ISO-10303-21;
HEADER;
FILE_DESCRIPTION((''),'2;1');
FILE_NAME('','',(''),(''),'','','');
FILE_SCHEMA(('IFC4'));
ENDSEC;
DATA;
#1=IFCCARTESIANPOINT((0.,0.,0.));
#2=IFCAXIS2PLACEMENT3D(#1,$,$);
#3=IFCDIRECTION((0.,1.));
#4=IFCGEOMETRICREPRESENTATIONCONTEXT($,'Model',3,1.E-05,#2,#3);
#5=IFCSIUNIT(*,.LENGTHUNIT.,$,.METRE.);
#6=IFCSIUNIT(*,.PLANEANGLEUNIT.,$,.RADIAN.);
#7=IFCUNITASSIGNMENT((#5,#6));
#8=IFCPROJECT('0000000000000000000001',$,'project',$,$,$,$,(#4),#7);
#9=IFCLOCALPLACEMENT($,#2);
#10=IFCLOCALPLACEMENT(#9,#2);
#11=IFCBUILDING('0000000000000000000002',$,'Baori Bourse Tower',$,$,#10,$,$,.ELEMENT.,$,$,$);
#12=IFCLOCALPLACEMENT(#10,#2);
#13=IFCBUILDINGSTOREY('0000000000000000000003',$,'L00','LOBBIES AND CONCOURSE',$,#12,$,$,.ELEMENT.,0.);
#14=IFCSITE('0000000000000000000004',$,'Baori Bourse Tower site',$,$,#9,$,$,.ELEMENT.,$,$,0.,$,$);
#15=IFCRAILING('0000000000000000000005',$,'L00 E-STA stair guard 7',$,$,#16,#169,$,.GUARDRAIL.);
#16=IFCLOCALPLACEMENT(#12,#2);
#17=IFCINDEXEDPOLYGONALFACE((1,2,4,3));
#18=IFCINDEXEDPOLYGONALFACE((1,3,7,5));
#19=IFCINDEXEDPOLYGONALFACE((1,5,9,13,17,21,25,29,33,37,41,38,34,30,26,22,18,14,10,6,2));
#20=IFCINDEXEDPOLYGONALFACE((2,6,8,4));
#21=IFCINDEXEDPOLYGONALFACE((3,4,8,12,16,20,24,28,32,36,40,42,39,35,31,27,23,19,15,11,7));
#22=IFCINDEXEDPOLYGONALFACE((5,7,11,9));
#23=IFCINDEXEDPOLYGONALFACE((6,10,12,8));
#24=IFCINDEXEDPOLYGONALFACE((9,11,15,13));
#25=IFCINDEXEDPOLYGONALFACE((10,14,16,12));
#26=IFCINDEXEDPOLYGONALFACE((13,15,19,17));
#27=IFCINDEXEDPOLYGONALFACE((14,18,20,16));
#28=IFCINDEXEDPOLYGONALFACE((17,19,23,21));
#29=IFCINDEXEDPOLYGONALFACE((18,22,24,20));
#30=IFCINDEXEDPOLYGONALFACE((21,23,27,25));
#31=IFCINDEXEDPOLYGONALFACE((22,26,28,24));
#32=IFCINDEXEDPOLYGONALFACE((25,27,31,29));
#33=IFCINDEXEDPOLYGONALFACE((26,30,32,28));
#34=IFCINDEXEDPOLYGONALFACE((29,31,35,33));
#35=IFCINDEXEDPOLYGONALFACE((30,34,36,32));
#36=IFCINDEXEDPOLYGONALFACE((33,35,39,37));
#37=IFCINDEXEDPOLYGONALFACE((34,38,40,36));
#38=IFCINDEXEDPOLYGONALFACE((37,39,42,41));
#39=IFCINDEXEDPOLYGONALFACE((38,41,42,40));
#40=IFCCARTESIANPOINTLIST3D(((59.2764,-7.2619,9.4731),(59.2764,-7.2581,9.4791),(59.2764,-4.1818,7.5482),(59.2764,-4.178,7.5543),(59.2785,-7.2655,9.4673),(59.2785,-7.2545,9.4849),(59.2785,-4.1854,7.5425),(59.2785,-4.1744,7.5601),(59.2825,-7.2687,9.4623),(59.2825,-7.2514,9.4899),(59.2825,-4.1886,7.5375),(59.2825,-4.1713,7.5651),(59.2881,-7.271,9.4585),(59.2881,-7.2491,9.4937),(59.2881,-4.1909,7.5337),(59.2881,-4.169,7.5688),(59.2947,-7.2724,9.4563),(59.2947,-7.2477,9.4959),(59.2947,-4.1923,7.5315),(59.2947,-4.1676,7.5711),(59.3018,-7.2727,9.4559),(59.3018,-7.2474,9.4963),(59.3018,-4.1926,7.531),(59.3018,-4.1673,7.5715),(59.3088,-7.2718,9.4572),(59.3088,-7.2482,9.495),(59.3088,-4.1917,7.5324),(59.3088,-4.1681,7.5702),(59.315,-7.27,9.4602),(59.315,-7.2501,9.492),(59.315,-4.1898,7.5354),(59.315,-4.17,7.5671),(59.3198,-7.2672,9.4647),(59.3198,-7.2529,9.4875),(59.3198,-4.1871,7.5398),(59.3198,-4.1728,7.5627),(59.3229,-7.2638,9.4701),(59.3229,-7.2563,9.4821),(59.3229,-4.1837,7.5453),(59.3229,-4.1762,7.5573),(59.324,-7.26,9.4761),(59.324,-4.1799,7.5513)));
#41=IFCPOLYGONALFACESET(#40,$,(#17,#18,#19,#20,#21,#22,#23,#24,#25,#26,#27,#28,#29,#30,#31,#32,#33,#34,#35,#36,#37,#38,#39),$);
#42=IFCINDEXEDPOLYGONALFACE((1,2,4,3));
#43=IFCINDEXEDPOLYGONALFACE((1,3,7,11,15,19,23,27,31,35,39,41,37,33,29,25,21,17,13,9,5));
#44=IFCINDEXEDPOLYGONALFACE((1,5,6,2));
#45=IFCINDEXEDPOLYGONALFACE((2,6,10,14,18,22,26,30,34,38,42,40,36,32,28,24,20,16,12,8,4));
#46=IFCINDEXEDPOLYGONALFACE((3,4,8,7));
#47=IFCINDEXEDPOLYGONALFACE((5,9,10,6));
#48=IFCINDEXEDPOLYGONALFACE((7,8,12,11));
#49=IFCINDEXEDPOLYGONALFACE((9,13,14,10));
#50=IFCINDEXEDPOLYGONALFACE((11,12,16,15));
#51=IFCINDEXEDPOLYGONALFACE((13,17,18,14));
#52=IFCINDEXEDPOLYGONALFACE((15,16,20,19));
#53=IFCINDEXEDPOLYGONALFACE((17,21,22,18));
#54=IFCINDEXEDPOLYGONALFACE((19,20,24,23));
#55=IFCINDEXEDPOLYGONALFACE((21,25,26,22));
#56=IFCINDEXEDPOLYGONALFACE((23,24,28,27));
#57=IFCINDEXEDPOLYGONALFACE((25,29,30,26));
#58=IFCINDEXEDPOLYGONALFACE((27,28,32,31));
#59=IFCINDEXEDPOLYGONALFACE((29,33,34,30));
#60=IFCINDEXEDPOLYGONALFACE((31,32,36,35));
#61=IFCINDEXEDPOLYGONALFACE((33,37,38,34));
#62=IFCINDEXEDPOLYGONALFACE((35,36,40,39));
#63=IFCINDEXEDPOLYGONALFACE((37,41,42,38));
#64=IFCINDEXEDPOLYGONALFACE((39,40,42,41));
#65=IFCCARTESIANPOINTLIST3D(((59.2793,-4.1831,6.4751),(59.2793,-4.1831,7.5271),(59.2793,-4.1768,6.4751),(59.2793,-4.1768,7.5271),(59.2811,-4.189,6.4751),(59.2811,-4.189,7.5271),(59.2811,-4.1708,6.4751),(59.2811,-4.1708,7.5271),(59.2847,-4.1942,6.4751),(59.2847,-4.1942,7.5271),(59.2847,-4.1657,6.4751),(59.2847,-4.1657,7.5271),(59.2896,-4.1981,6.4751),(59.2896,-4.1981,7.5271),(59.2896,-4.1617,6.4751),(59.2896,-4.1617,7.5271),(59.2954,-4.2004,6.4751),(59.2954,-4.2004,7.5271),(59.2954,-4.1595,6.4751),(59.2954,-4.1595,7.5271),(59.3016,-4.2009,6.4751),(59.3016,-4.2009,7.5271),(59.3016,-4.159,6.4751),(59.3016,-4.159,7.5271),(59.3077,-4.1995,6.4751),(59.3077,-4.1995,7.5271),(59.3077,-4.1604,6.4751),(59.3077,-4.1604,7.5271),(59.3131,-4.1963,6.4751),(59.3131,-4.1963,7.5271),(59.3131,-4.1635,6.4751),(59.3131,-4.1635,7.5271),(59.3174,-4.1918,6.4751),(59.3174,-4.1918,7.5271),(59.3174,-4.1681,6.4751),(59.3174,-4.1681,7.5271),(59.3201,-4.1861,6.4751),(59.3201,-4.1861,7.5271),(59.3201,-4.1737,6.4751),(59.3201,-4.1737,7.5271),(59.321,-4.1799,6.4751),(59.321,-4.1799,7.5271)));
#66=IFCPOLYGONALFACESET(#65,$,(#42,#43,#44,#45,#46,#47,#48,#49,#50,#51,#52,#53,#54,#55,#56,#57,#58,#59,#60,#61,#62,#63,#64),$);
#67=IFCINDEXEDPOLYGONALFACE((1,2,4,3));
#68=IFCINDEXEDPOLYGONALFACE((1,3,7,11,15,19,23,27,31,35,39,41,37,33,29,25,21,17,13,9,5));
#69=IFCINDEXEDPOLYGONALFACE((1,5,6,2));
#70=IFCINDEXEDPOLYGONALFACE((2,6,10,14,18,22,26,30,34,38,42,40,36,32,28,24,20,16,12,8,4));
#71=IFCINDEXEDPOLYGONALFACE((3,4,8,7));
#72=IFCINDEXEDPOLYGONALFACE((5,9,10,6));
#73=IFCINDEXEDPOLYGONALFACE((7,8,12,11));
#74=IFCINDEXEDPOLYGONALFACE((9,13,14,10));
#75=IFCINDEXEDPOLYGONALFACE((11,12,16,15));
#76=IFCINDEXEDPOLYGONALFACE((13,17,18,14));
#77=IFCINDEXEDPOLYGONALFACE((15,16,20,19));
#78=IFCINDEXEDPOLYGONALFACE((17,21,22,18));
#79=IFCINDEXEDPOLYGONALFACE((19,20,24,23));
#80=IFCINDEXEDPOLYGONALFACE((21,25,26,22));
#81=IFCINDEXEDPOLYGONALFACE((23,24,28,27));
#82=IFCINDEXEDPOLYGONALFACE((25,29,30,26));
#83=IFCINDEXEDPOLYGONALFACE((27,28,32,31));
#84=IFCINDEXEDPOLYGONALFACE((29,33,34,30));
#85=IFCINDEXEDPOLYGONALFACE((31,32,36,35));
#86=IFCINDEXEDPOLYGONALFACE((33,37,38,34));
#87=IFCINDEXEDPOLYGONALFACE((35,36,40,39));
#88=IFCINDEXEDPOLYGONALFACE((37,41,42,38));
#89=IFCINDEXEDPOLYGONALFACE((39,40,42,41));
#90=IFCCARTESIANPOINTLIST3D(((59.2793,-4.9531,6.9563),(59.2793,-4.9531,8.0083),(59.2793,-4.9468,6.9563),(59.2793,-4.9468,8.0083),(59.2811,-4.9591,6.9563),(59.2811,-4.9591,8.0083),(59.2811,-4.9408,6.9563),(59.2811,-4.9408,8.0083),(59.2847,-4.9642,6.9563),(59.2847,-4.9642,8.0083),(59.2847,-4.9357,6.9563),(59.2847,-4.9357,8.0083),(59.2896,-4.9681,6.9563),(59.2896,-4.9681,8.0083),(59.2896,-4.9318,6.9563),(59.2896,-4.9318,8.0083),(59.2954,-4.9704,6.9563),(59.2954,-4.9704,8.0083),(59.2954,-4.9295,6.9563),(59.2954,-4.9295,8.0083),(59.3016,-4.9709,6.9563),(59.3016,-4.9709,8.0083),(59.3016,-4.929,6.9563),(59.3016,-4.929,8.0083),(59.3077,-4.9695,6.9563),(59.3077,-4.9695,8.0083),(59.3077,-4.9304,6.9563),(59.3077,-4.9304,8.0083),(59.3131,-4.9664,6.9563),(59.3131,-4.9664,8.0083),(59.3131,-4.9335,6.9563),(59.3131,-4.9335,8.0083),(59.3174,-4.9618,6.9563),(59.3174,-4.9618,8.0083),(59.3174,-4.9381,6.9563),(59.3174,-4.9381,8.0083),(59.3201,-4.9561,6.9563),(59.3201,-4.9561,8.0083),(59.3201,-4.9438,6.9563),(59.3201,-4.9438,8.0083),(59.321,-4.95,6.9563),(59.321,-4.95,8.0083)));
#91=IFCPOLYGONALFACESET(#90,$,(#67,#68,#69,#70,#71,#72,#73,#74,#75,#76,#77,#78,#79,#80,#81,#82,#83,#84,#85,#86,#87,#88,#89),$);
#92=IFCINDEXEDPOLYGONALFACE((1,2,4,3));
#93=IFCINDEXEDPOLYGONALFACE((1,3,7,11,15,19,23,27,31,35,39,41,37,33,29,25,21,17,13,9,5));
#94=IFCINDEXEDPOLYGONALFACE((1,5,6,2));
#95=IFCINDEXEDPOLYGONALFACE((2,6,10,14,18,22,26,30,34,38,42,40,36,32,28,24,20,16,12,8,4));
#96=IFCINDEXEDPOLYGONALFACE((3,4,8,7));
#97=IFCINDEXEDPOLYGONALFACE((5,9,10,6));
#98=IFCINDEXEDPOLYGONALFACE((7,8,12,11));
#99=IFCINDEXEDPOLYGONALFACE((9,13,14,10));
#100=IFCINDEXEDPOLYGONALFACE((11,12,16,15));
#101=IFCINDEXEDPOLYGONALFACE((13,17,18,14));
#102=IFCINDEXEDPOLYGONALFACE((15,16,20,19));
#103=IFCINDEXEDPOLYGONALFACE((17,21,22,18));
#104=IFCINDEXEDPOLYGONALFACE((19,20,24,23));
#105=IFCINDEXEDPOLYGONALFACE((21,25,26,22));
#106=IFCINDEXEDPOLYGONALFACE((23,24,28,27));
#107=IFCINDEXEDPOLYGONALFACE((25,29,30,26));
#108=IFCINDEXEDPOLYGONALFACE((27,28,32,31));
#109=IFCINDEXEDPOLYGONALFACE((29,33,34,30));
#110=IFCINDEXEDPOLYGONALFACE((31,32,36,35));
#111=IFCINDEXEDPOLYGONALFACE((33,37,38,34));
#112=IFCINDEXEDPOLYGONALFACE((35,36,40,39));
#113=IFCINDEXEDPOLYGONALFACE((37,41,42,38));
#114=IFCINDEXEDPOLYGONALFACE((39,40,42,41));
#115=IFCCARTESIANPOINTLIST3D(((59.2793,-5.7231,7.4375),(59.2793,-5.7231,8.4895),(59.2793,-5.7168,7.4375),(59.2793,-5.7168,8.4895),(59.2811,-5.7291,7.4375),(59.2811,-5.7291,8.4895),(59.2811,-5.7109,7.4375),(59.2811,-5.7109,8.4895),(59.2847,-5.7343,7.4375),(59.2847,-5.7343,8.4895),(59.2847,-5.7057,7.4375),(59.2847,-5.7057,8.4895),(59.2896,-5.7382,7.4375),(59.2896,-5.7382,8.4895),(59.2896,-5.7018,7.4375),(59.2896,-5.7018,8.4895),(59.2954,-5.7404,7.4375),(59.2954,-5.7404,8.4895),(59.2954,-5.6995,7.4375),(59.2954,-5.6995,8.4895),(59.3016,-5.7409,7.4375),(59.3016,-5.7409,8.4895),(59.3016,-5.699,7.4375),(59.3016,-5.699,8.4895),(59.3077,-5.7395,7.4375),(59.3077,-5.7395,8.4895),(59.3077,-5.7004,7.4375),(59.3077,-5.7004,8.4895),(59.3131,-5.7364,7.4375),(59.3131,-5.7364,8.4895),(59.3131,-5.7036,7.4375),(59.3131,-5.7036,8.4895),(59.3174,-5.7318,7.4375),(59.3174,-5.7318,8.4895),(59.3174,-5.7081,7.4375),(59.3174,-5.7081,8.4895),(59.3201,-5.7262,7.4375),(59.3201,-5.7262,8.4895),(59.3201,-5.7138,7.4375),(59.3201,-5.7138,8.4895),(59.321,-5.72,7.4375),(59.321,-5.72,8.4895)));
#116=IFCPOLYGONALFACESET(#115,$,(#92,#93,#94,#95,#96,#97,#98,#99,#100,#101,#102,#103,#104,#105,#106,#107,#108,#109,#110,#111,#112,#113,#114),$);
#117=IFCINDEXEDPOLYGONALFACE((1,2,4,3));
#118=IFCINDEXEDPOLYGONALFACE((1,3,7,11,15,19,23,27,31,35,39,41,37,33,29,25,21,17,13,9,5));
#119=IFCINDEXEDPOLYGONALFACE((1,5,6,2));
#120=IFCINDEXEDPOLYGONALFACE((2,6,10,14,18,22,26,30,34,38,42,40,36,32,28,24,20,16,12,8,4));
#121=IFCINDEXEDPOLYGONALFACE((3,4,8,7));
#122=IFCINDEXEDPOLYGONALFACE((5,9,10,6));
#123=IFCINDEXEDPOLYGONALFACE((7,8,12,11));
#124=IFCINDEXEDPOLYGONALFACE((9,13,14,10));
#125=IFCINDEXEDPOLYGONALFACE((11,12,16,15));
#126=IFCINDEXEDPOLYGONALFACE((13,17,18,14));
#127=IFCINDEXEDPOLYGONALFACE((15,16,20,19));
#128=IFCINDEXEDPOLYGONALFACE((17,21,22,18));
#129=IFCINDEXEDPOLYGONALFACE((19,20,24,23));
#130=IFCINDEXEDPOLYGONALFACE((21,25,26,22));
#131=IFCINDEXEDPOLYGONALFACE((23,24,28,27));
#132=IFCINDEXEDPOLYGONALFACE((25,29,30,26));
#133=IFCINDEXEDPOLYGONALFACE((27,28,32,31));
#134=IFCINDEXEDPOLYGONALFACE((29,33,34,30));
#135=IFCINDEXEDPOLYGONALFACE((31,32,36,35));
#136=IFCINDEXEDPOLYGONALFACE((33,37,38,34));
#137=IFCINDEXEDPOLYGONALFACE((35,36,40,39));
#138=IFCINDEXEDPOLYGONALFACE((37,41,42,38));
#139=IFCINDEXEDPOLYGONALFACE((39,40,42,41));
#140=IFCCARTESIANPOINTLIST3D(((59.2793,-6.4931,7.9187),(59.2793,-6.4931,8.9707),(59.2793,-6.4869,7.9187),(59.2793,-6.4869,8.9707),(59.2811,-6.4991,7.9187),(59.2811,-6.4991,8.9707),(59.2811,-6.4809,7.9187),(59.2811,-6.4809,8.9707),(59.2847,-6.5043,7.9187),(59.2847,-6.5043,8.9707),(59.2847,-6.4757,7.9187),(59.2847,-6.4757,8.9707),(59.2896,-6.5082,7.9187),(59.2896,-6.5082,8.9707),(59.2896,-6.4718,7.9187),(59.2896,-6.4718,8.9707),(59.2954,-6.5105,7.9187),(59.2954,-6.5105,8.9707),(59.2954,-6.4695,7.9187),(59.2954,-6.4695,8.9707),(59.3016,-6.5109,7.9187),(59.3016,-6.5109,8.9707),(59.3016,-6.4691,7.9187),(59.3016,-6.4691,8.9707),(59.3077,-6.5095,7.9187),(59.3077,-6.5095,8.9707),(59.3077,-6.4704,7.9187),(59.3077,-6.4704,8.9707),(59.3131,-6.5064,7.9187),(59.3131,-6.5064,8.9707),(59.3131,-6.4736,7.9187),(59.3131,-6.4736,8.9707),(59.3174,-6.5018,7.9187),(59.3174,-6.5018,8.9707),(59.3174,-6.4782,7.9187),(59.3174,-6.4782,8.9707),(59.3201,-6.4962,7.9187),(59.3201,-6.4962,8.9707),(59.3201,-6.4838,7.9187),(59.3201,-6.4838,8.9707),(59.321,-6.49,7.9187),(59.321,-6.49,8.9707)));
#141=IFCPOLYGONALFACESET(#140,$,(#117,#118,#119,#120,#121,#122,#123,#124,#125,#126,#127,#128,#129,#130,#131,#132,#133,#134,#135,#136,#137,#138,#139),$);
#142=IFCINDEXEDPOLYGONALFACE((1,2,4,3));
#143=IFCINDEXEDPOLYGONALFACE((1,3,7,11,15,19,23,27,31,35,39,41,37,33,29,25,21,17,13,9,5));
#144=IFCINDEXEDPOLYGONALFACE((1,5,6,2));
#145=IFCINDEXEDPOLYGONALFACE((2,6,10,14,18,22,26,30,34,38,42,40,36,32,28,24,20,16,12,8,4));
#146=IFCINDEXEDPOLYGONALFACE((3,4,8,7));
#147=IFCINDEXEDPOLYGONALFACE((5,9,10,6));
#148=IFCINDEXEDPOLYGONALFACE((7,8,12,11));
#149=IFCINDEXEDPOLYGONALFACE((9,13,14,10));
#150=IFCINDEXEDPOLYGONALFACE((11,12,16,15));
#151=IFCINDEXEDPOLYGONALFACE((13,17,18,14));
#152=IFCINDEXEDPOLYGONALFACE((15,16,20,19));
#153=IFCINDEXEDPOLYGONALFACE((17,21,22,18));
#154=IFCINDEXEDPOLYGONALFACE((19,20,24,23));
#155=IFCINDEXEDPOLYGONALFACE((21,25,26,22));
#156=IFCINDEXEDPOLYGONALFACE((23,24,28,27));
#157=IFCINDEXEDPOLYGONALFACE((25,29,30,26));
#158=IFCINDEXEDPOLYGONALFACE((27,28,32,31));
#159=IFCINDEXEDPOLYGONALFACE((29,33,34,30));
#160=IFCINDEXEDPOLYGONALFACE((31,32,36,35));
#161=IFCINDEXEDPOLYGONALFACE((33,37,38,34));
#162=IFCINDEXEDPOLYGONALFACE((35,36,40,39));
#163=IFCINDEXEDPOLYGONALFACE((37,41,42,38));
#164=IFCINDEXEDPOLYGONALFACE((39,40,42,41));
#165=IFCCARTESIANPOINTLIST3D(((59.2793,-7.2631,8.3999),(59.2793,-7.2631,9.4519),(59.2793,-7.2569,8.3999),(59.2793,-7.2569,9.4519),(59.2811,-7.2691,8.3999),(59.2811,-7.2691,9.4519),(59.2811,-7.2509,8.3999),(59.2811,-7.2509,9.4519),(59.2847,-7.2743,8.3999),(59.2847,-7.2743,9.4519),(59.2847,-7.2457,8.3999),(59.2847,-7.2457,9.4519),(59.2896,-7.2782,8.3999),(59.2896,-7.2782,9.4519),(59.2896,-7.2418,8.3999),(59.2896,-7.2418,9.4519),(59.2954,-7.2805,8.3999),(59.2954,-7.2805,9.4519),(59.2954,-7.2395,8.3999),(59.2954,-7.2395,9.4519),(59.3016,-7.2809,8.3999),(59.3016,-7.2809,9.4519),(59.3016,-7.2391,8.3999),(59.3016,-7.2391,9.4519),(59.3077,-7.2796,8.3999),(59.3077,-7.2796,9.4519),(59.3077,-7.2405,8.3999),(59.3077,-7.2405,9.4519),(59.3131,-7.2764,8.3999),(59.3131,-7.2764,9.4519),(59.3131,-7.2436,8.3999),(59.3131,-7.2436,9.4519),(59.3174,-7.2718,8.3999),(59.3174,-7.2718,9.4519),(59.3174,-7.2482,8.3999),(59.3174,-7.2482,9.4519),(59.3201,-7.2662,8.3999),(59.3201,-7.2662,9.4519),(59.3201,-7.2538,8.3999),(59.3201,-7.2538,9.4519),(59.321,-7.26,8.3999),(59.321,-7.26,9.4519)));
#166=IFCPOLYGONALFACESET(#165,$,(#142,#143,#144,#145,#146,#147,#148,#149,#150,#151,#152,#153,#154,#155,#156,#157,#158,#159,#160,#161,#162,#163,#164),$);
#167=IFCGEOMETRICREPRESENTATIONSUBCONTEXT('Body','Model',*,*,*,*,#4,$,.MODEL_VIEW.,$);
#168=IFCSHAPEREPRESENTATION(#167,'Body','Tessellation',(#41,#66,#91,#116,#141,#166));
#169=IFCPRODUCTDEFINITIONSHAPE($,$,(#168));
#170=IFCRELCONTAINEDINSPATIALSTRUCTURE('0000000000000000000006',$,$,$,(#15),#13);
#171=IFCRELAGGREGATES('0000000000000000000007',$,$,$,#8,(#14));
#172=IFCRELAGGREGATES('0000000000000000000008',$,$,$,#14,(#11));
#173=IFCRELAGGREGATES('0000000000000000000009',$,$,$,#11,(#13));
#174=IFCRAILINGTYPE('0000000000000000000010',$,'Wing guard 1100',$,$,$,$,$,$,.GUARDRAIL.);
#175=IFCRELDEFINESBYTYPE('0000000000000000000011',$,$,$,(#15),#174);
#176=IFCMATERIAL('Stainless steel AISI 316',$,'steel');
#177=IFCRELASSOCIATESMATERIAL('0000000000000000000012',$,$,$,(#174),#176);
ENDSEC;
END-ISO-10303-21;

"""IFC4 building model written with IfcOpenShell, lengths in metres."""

from ifc_helpers import new_model, si_unit, direction, frame, origin, origin_2d, place, context, subcontext, project, spatial, circle, extrude, material, type_object, element, save


model = new_model("IFC4")

# Units and contexts
model_context = context("Model", 3, precision=1e-05, world=origin(), true_north=direction((0.0, 1.0)))
body_context = subcontext(model_context, "Body", "Model", "MODEL_VIEW")
ifc_project = project(units=[si_unit("LENGTHUNIT", "METRE"), si_unit("PLANEANGLEUNIT", "RADIAN")], contexts=[model_context])

# Site, building, storey
site_placement = place(None, origin())
site = spatial("IfcSite", under=ifc_project, at=site_placement, Name="Baori Bourse Tower site", CompositionType="ELEMENT", RefElevation=0.0)
building_placement = place(site_placement, origin())
building = spatial("IfcBuilding", under=site, at=building_placement, Name="Baori Bourse Tower", CompositionType="ELEMENT")
storey_placement = place(building_placement, origin())
storey = spatial("IfcBuildingStorey", under=building, at=storey_placement, Name="L00", Description="LOBBIES AND CONCOURSE", CompositionType="ELEMENT", Elevation=0.0)

# Railing
ifc_material_1 = material(Name="Stainless steel AISI 316", Category="steel")
railing_type_1 = type_object("IfcRailingType", Name="Wing guard 1100", PredefinedType="GUARDRAIL", material=ifc_material_1)
railing_1_placement = place(storey_placement, frame((59.3, -4.1799, 6.4751)))
element("IfcRailing", 1, at=railing_1_placement, inside=storey, type_object=railing_type_1, Name="L00 E-STA stair guard 7", PredefinedType="GUARDRAIL", context=body_context, shape_type="SweptSolid", body=[
    extrude(circle(Radius=0.0239, at=origin_2d()), frame((0.0, 0.0, 1.0762), z_axis=(0.0, -0.848029, 0.529951), x_axis=(1.0, 0.0, 0.0)), (0.0, 0.0, 1.0), 3.6321),
    extrude(circle(Radius=0.021, at=origin_2d()), origin(), (0.0, 0.0, 1.0), 1.052),
    extrude(circle(Radius=0.021, at=origin_2d()), frame((0.0, -0.77, 0.4812)), (0.0, 0.0, 1.0), 1.052),
    extrude(circle(Radius=0.021, at=origin_2d()), frame((0.0, -1.54, 0.9624)), (0.0, 0.0, 1.0), 1.052),
    extrude(circle(Radius=0.021, at=origin_2d()), frame((0.0, -2.3101, 1.4436)), (0.0, 0.0, 1.0), 1.052),
    extrude(circle(Radius=0.021, at=origin_2d()), frame((0.0, -3.0801, 1.9248)), (0.0, 0.0, 1.0), 1.052),
])

save(model, "model.ifc")
